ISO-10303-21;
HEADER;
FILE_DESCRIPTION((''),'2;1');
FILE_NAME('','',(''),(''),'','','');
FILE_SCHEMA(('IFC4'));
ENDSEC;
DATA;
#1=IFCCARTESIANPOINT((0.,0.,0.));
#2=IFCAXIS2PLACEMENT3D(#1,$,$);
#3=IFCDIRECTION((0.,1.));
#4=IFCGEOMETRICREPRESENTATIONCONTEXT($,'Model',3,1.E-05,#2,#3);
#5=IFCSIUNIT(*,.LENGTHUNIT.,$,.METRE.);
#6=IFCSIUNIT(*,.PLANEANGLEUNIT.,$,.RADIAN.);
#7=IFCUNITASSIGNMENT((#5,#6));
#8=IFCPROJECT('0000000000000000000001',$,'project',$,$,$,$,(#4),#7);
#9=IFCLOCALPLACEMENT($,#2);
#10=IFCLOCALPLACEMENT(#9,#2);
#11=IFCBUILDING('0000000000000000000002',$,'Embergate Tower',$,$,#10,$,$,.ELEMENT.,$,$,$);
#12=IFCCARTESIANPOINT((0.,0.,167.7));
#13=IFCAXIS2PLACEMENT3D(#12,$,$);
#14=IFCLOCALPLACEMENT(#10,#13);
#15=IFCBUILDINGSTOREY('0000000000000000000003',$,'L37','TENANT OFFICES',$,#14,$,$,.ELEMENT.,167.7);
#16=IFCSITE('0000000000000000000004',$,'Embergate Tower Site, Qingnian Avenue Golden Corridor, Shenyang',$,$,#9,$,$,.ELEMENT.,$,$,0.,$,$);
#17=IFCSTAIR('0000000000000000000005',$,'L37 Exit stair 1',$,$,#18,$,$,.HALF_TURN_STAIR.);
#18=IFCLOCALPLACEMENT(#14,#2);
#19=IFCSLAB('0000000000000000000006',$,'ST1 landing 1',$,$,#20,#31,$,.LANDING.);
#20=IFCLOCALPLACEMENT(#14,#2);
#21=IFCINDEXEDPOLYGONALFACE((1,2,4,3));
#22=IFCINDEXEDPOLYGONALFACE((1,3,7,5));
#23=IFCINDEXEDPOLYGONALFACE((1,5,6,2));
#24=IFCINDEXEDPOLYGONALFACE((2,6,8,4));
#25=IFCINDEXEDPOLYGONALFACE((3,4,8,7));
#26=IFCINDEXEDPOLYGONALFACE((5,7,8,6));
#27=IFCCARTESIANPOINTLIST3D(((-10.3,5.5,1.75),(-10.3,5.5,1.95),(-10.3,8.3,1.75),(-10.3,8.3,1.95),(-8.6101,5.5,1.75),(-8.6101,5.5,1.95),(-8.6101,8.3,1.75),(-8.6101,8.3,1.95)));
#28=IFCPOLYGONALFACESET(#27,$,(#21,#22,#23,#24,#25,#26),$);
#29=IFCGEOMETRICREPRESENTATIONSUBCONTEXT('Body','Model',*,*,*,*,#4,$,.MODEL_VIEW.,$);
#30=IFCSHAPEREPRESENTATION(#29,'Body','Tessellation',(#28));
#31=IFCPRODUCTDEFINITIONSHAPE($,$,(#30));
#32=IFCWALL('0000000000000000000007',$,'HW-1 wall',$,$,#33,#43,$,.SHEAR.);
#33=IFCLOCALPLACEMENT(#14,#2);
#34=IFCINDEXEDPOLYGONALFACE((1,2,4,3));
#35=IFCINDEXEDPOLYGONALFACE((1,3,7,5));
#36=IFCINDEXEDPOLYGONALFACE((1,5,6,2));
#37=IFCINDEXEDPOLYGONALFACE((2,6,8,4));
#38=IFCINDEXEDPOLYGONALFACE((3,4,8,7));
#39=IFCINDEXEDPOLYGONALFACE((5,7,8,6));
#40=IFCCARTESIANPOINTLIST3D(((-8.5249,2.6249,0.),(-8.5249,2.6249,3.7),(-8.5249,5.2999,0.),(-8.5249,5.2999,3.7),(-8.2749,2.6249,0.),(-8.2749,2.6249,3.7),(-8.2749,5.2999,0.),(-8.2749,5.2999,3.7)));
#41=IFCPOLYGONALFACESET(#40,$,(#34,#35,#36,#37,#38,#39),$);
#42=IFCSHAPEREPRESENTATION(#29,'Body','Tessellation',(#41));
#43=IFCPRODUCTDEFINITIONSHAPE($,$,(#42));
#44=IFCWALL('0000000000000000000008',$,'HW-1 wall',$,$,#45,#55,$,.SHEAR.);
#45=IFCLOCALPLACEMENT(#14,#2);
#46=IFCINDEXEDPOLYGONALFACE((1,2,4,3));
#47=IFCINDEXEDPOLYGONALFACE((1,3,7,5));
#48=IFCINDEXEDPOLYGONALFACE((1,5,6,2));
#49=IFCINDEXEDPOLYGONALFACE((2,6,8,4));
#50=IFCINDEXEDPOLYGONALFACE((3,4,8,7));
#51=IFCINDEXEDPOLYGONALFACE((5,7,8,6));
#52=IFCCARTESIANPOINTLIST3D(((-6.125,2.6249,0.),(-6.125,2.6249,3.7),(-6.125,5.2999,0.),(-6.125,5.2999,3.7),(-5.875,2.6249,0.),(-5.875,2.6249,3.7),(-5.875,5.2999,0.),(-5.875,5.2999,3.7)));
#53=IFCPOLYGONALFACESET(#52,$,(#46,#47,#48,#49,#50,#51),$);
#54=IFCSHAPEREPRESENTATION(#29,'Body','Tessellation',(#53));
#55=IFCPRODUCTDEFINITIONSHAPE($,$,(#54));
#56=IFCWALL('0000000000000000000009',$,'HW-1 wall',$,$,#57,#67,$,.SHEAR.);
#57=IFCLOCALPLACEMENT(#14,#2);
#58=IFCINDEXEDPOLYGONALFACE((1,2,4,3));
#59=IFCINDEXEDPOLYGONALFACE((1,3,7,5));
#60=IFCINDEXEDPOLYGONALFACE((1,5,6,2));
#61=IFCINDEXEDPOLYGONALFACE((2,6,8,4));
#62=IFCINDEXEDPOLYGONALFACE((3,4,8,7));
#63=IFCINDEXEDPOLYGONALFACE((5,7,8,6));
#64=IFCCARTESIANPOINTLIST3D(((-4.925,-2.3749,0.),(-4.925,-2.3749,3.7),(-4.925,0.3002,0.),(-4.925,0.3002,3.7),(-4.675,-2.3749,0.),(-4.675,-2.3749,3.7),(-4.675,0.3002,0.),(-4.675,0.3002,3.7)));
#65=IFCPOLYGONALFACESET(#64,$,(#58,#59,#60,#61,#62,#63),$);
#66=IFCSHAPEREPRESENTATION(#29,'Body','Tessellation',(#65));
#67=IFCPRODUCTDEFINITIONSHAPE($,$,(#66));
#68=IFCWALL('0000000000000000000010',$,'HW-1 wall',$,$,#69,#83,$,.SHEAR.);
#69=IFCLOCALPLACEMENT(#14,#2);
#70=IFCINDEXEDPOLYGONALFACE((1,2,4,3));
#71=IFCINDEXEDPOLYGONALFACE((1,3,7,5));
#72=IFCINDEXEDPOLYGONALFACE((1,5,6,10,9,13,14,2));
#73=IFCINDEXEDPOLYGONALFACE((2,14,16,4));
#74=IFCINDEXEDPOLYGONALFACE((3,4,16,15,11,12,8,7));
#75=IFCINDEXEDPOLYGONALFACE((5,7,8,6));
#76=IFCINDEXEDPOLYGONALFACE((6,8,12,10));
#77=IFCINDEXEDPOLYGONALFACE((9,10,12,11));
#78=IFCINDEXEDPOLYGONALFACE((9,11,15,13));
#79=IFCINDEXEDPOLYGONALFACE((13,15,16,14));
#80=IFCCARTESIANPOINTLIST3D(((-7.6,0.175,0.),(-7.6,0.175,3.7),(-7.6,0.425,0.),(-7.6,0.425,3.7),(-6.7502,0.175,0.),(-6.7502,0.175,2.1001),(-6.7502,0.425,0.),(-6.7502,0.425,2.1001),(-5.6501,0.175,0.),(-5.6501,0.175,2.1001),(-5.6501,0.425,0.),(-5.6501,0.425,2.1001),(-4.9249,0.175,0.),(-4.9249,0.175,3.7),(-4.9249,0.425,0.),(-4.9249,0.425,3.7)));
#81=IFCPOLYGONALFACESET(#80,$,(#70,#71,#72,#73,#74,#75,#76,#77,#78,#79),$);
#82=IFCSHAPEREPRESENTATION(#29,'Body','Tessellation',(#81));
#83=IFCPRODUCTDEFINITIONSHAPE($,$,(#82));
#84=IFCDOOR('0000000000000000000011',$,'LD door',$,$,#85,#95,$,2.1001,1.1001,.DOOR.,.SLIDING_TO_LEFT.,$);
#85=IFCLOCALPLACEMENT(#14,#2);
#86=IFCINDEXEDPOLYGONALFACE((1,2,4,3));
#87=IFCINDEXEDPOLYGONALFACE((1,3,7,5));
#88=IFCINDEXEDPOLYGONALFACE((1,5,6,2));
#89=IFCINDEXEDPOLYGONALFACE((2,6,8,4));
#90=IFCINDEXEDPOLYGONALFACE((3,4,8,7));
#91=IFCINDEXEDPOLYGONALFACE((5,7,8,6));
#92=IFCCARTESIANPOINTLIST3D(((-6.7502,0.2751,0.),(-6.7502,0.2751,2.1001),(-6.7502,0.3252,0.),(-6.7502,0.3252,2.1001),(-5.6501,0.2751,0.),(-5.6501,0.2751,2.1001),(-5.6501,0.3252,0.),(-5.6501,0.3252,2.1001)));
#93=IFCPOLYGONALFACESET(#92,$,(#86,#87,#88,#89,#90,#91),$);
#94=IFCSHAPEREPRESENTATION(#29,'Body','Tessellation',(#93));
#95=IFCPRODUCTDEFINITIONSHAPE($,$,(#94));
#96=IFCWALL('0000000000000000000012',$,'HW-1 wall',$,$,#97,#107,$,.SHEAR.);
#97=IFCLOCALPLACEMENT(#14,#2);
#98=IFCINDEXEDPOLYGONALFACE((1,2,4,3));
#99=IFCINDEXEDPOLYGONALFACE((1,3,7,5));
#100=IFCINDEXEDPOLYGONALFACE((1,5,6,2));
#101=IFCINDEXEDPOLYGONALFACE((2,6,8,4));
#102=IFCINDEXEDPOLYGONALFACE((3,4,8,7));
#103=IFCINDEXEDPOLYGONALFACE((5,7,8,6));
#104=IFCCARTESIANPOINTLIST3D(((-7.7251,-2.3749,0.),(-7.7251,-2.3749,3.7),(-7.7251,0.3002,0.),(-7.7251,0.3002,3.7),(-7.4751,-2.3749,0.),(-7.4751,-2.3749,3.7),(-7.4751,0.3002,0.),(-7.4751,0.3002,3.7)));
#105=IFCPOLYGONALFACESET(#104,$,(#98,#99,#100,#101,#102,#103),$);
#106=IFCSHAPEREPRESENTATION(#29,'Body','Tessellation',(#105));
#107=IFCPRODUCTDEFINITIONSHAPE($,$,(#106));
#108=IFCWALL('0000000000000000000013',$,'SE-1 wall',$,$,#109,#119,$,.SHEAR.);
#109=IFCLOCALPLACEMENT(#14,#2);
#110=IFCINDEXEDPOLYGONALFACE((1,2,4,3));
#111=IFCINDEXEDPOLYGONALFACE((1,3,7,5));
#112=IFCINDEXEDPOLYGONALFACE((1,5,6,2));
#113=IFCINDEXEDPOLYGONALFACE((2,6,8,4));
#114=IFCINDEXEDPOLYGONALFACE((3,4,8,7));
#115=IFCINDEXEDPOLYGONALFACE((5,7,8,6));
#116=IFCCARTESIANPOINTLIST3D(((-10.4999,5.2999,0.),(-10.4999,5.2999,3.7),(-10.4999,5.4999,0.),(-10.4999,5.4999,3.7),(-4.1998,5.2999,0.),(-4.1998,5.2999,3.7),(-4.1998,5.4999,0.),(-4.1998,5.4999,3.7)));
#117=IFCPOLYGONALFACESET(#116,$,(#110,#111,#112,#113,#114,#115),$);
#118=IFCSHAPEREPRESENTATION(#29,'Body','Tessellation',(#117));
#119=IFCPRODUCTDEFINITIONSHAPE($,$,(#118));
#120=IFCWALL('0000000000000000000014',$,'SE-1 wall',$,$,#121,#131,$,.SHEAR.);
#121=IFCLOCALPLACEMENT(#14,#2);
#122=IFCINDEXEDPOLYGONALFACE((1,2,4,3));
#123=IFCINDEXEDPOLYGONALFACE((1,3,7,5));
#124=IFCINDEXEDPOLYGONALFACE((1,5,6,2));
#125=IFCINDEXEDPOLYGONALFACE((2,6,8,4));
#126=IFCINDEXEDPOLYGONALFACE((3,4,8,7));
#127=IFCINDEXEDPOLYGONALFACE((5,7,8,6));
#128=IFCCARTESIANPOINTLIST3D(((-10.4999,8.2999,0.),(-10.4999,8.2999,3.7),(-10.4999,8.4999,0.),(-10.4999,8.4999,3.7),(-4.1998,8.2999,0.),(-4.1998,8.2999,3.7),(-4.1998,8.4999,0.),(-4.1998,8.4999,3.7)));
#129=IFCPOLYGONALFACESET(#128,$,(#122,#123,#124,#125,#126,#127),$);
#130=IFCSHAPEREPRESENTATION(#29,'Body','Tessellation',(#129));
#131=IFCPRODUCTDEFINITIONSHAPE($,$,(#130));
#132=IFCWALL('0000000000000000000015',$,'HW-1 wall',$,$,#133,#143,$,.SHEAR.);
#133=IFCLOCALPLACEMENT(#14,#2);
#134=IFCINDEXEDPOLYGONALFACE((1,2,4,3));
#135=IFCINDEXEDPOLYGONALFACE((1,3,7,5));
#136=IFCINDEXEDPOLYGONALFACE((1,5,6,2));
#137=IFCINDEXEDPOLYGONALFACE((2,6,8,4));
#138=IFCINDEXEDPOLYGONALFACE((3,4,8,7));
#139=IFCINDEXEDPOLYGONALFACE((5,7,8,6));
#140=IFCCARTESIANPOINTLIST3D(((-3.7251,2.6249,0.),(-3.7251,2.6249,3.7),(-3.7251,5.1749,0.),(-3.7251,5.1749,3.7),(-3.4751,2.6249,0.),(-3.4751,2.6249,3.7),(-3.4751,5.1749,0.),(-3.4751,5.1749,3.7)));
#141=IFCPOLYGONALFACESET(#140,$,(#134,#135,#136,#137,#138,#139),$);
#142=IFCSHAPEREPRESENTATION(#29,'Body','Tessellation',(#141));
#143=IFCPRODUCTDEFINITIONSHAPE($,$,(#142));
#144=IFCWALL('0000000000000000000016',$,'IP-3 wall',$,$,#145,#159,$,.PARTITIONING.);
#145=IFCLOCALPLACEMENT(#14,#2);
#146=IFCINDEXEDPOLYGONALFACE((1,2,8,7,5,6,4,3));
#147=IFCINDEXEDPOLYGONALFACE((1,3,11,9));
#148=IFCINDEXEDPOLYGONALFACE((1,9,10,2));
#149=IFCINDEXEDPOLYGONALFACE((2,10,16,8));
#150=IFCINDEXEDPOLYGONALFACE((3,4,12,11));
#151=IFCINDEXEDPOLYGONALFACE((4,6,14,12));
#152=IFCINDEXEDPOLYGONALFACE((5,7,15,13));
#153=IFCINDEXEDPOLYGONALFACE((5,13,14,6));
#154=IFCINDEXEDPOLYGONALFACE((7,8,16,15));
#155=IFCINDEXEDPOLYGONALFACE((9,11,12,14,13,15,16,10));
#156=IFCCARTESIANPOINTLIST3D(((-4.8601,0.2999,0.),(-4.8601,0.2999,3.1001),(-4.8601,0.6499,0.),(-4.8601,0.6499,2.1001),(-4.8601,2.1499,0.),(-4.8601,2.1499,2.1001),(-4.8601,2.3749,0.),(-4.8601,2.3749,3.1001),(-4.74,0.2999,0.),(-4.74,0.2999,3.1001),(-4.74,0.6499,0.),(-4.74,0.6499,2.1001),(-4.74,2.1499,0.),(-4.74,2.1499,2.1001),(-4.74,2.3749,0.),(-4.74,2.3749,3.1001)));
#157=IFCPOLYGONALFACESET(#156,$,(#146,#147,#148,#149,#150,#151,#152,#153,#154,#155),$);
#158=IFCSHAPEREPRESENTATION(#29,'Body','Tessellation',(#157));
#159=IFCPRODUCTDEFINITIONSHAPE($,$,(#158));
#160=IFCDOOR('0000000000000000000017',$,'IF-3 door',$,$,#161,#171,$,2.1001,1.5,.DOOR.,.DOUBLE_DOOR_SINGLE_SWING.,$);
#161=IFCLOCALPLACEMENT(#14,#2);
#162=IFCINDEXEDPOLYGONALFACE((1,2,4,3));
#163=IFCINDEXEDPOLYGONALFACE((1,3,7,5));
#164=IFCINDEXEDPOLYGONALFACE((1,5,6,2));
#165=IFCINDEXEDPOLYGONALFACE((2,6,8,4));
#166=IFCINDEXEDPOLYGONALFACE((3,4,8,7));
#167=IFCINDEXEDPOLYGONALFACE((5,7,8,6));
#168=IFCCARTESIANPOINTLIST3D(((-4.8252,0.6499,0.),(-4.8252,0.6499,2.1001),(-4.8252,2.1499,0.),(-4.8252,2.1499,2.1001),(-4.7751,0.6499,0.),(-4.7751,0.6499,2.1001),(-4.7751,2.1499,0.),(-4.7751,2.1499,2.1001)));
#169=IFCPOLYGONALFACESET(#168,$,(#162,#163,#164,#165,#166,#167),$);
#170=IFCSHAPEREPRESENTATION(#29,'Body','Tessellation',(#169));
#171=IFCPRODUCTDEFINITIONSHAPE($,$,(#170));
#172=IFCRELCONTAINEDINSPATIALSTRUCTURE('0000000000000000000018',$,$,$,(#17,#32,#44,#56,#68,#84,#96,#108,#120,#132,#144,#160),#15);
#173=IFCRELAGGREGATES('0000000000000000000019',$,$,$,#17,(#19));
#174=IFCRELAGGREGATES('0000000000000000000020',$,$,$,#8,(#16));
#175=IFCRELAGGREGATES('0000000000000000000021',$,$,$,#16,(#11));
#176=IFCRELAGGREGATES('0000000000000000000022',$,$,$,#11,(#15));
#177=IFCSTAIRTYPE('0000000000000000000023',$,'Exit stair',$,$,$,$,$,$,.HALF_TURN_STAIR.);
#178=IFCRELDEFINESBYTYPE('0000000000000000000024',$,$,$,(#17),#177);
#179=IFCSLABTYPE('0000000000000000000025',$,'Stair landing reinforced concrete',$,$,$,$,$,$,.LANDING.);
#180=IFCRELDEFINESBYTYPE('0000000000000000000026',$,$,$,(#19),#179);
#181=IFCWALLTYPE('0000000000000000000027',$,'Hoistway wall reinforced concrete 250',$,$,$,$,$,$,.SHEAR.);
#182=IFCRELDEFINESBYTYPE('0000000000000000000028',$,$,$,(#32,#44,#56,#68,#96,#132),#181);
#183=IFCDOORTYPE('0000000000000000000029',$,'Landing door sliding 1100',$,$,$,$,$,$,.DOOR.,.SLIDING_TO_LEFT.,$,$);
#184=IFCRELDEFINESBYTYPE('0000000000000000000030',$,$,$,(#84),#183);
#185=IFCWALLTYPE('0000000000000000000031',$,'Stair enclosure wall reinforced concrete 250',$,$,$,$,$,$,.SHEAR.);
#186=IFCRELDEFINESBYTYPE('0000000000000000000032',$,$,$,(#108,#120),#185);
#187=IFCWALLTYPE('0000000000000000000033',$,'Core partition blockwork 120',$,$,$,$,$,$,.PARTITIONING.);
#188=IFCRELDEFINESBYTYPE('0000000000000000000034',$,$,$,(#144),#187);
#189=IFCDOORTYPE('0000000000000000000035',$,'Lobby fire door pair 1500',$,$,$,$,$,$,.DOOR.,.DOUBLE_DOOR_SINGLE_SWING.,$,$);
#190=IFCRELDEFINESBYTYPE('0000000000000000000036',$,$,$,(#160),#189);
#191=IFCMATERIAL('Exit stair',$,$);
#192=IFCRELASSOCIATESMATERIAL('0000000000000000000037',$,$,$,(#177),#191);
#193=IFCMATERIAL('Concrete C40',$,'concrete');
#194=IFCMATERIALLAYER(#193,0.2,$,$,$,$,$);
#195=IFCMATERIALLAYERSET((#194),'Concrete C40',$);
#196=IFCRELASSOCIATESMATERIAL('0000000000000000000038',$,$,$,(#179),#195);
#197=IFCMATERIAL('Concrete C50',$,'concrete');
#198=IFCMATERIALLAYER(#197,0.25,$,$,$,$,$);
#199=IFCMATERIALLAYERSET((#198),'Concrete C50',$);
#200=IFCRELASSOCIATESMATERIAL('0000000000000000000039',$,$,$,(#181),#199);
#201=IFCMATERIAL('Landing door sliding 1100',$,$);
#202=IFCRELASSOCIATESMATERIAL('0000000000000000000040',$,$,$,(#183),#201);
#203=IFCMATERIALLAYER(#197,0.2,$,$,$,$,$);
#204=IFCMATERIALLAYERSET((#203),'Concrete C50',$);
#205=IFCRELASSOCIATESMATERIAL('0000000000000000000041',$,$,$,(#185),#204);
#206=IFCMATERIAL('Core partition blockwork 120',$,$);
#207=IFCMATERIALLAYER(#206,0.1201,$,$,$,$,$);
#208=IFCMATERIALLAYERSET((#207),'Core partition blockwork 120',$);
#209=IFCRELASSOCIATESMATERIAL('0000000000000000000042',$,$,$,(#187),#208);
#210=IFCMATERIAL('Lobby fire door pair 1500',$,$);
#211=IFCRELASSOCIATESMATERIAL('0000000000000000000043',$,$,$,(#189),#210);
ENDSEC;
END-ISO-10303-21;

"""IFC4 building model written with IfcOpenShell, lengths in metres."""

from ifc_helpers import new_model, si_unit, direction, frame, frame_2d, origin, place, context, subcontext, project, spatial, polyline, rectangle, outline, extrude, source, transform, mapped, material, layer, layer_set, type_object, element, fill, aggregate, save


model = new_model("IFC4")

# Units and contexts
model_context = context("Model", 3, precision=1e-05, world=origin(), true_north=direction((0.0, 1.0)))
body_context = subcontext(model_context, "Body", "Model", "MODEL_VIEW")
ifc_project = project(units=[si_unit("LENGTHUNIT", "METRE"), si_unit("PLANEANGLEUNIT", "RADIAN")], contexts=[model_context])

# Site, building, storey
site_placement = place(None, origin())
site = spatial("IfcSite", under=ifc_project, at=site_placement, Name="Embergate Tower Site, Qingnian Avenue Golden Corridor, Shenyang", CompositionType="ELEMENT", RefElevation=0.0)
building_placement = place(site_placement, origin())
building = spatial("IfcBuilding", under=site, at=building_placement, Name="Embergate Tower", CompositionType="ELEMENT")
storey_placement = place(building_placement, frame((0.0, 0.0, 167.7)))
storey = spatial("IfcBuildingStorey", under=building, at=storey_placement, Name="L37", Description="TENANT OFFICES", CompositionType="ELEMENT", Elevation=167.7)

# Stair, slab
ifc_material_1 = material(Name="Exit stair")
stair_type = type_object("IfcStairType", Name="Exit stair", PredefinedType="HALF_TURN_STAIR", material=ifc_material_1)
stair_placement = place(storey_placement, origin())
stair = element("IfcStair", 1, at=stair_placement, inside=storey, type_object=stair_type, Name="L37 Exit stair 1", PredefinedType="HALF_TURN_STAIR")
ifc_material_2 = material(Name="Concrete C40", Category="concrete")
ifc_layer_1 = layer(ifc_material_2, 0.2)
ifc_layer_set_1 = layer_set([ifc_layer_1], Name="Concrete C40")
slab_type = type_object("IfcSlabType", Name="Stair landing reinforced concrete", PredefinedType="LANDING", material=ifc_layer_set_1)
shared_shape_1 = source(origin(), body_context, "Body", "SweptSolid", [
    extrude(outline(polyline([(0.0, 0.0), (1.6899, 0.0), (1.6899, 2.8), (0.0, 2.8), (0.0, 0.0)])), origin(), (0.0, 0.0, 1.0), 0.2),
])
slab_placement = place(storey_placement, frame((-10.3, 5.5, 1.75)))
slab = element("IfcSlab", 2, at=slab_placement, type_object=slab_type, Name="ST1 landing 1", PredefinedType="LANDING", context=body_context, shape_type="MappedRepresentation", body=[
    mapped(shared_shape_1, transform((0.0, 0.0, 0.0))),
])

# Walls
ifc_material_3 = material(Name="Concrete C50", Category="concrete")
ifc_layer_2 = layer(ifc_material_3, 0.25)
ifc_layer_set_2 = layer_set([ifc_layer_2], Name="Concrete C50")
wall_type_1 = type_object("IfcWallType", Name="Hoistway wall reinforced concrete 250", PredefinedType="SHEAR", material=ifc_layer_set_2)
shared_shape_2 = source(origin(), body_context, "Body", "SweptSolid", [
    extrude(rectangle(XDim=2.675, YDim=0.25, at=frame_2d((1.3374, 0.0))), origin(), (0.0, 0.0, 1.0), 3.7),
])
for number, where, z_axis, x_axis, name in (
    (3, (-8.3999, 2.625, 0.0), (0.0, 0.0, 1.0), (0.0, 1.0, 0.0), "HW-1 wall"),
    (4, (-6.0, 2.625, 0.0), (0.0, 0.0, 1.0), (0.0, 1.0, 0.0), "HW-1 wall"),
    (5, (-4.8, 0.3, 0.0), (0.0, 0.0, 1.0), (0.0, -1.0, 0.0), "HW-1 wall"),
):
    element("IfcWall", number, at=place(storey_placement, frame(where, z_axis=z_axis, x_axis=x_axis)), inside=storey, type_object=wall_type_1, Name=name, PredefinedType="SHEAR", context=body_context, shape_type="MappedRepresentation", body=[
        mapped(shared_shape_2, transform((0.0, 0.0, 0.0))),
    ])

# Wall, opening, door
wall_1_placement = place(storey_placement, frame((-4.925, 0.3, 0.0), z_axis=(0.0, 0.0, 1.0), x_axis=(-1.0, 0.0, 0.0)))
wall_1 = element("IfcWall", 6, at=wall_1_placement, inside=storey, type_object=wall_type_1, Name="HW-1 wall", PredefinedType="SHEAR", context=body_context, shape_type="MappedRepresentation", body=[
    mapped(shared_shape_2, transform((0.0, 0.0, 0.0))),
])
shared_shape_3 = source(origin(), body_context, "Body", "SweptSolid", [
    extrude(rectangle(XDim=1.1001, YDim=2.1001, at=frame_2d((0.55, 1.05))), frame((0.0, 0.135, 0.0), z_axis=(0.0, -1.0, 0.0), x_axis=(1.0, 0.0, 0.0)), (0.0, 0.0, 1.0), 0.27),
])
opening_1_placement = place(wall_1_placement, frame((0.7251, 0.0, 0.0)))
opening_1 = element("IfcOpeningElement", 7, at=opening_1_placement, cuts=wall_1, PredefinedType="OPENING", context=body_context, shape_type="MappedRepresentation", body=[
    mapped(shared_shape_3, transform((0.0, 0.0, 0.0))),
])
ifc_material_4 = material(Name="Landing door sliding 1100")
door_type_1 = type_object("IfcDoorType", Name="Landing door sliding 1100", OperationType="SLIDING_TO_LEFT", PredefinedType="DOOR", material=ifc_material_4)
shared_shape_4 = source(origin(), body_context, "Body", "SweptSolid", [
    extrude(rectangle(XDim=1.1001, YDim=2.1001, at=frame_2d((0.55, 1.05))), frame((0.0, 0.0249, 0.0), z_axis=(0.0, -1.0, 0.0), x_axis=(1.0, 0.0, 0.0)), (0.0, 0.0, 1.0), 0.05),
])
door_1_placement = place(opening_1_placement, origin())
door_1 = element("IfcDoor", 8, at=door_1_placement, inside=storey, type_object=door_type_1, Name="LD door", OperationType="SLIDING_TO_LEFT", OverallHeight=2.1001, OverallWidth=1.1001, PredefinedType="DOOR", context=body_context, shape_type="MappedRepresentation", body=[
    mapped(shared_shape_4, transform((0.0, 0.0, 0.0))),
])
fill(opening_1, door_1)

# Walls
wall_2_placement = place(storey_placement, frame((-7.6001, 0.3, 0.0), z_axis=(0.0, 0.0, 1.0), x_axis=(0.0, -1.0, 0.0)))
element("IfcWall", 9, at=wall_2_placement, inside=storey, type_object=wall_type_1, Name="HW-1 wall", PredefinedType="SHEAR", context=body_context, shape_type="MappedRepresentation", body=[
    mapped(shared_shape_2, transform((0.0, 0.0, 0.0))),
])
ifc_layer_3 = layer(ifc_material_3, 0.2)
ifc_layer_set_3 = layer_set([ifc_layer_3], Name="Concrete C50")
wall_type_2 = type_object("IfcWallType", Name="Stair enclosure wall reinforced concrete 250", PredefinedType="SHEAR", material=ifc_layer_set_3)
shared_shape_5 = source(origin(), body_context, "Body", "SweptSolid", [
    extrude(rectangle(XDim=6.3, YDim=0.2, at=frame_2d((3.1499, 0.0))), origin(), (0.0, 0.0, 1.0), 3.7),
])
for number, where, z_axis, x_axis, name in (
    (10, (-4.2, 5.3999, 0.0), (0.0, 0.0, 1.0), (-1.0, 0.0, 0.0), "SE-1 wall"),
    (11, (-4.2, 8.3999, 0.0), (0.0, 0.0, 1.0), (-1.0, 0.0, 0.0), "SE-1 wall"),
):
    element("IfcWall", number, at=place(storey_placement, frame(where, z_axis=z_axis, x_axis=x_axis)), inside=storey, type_object=wall_type_2, Name=name, PredefinedType="SHEAR", context=body_context, shape_type="MappedRepresentation", body=[
        mapped(shared_shape_5, transform((0.0, 0.0, 0.0))),
    ])
shared_shape_6 = source(origin(), body_context, "Body", "SweptSolid", [
    extrude(rectangle(XDim=2.55, YDim=0.25, at=frame_2d((1.2749, 0.0))), origin(), (0.0, 0.0, 1.0), 3.7),
])
wall_3_placement = place(storey_placement, frame((-3.6001, 2.625, 0.0), z_axis=(0.0, 0.0, 1.0), x_axis=(0.0, 1.0, 0.0)))
element("IfcWall", 12, at=wall_3_placement, inside=storey, type_object=wall_type_1, Name="HW-1 wall", PredefinedType="SHEAR", context=body_context, shape_type="MappedRepresentation", body=[
    mapped(shared_shape_6, transform((0.0, 0.0, 0.0))),
])

# Wall, opening, door
ifc_material_5 = material(Name="Core partition blockwork 120")
ifc_layer_4 = layer(ifc_material_5, 0.1201)
ifc_layer_set_4 = layer_set([ifc_layer_4], Name="Core partition blockwork 120")
wall_type_3 = type_object("IfcWallType", Name="Core partition blockwork 120", PredefinedType="PARTITIONING", material=ifc_layer_set_4)
shared_shape_7 = source(origin(), body_context, "Body", "SweptSolid", [
    extrude(rectangle(XDim=2.075, YDim=0.1201, at=frame_2d((1.0376, 0.0))), origin(), (0.0, 0.0, 1.0), 3.1001),
])
wall_4_placement = place(storey_placement, frame((-4.8, 2.375, 0.0), z_axis=(0.0, 0.0, 1.0), x_axis=(0.0, -1.0, 0.0)))
wall_4 = element("IfcWall", 13, at=wall_4_placement, inside=storey, type_object=wall_type_3, Name="IP-3 wall", PredefinedType="PARTITIONING", context=body_context, shape_type="MappedRepresentation", body=[
    mapped(shared_shape_7, transform((0.0, 0.0, 0.0))),
])
shared_shape_8 = source(origin(), body_context, "Body", "SweptSolid", [
    extrude(rectangle(XDim=1.5, YDim=2.1001, at=frame_2d((0.75, 1.05))), frame((0.0, 0.0701, 0.0), z_axis=(0.0, -1.0, 0.0), x_axis=(1.0, 0.0, 0.0)), (0.0, 0.0, 1.0), 0.1401),
])
opening_2_placement = place(wall_4_placement, frame((0.2251, 0.0, 0.0)))
opening_2 = element("IfcOpeningElement", 14, at=opening_2_placement, cuts=wall_4, PredefinedType="OPENING", context=body_context, shape_type="MappedRepresentation", body=[
    mapped(shared_shape_8, transform((0.0, 0.0, 0.0))),
])
ifc_material_6 = material(Name="Lobby fire door pair 1500")
door_type_2 = type_object("IfcDoorType", Name="Lobby fire door pair 1500", OperationType="DOUBLE_DOOR_SINGLE_SWING", PredefinedType="DOOR", material=ifc_material_6)
shared_shape_9 = source(origin(), body_context, "Body", "SweptSolid", [
    extrude(rectangle(XDim=1.5, YDim=2.1001, at=frame_2d((0.75, 1.05))), frame((0.0, 0.0249, 0.0), z_axis=(0.0, -1.0, 0.0), x_axis=(1.0, 0.0, 0.0)), (0.0, 0.0, 1.0), 0.05),
])
door_2_placement = place(opening_2_placement, origin())
door_2 = element("IfcDoor", 15, at=door_2_placement, inside=storey, type_object=door_type_2, Name="IF-3 door", OperationType="DOUBLE_DOOR_SINGLE_SWING", OverallHeight=2.1001, OverallWidth=1.5, PredefinedType="DOOR", context=body_context, shape_type="MappedRepresentation", body=[
    mapped(shared_shape_9, transform((0.0, 0.0, 0.0))),
])
fill(opening_2, door_2)

aggregate(stair, [slab])

save(model, "model.ifc")
